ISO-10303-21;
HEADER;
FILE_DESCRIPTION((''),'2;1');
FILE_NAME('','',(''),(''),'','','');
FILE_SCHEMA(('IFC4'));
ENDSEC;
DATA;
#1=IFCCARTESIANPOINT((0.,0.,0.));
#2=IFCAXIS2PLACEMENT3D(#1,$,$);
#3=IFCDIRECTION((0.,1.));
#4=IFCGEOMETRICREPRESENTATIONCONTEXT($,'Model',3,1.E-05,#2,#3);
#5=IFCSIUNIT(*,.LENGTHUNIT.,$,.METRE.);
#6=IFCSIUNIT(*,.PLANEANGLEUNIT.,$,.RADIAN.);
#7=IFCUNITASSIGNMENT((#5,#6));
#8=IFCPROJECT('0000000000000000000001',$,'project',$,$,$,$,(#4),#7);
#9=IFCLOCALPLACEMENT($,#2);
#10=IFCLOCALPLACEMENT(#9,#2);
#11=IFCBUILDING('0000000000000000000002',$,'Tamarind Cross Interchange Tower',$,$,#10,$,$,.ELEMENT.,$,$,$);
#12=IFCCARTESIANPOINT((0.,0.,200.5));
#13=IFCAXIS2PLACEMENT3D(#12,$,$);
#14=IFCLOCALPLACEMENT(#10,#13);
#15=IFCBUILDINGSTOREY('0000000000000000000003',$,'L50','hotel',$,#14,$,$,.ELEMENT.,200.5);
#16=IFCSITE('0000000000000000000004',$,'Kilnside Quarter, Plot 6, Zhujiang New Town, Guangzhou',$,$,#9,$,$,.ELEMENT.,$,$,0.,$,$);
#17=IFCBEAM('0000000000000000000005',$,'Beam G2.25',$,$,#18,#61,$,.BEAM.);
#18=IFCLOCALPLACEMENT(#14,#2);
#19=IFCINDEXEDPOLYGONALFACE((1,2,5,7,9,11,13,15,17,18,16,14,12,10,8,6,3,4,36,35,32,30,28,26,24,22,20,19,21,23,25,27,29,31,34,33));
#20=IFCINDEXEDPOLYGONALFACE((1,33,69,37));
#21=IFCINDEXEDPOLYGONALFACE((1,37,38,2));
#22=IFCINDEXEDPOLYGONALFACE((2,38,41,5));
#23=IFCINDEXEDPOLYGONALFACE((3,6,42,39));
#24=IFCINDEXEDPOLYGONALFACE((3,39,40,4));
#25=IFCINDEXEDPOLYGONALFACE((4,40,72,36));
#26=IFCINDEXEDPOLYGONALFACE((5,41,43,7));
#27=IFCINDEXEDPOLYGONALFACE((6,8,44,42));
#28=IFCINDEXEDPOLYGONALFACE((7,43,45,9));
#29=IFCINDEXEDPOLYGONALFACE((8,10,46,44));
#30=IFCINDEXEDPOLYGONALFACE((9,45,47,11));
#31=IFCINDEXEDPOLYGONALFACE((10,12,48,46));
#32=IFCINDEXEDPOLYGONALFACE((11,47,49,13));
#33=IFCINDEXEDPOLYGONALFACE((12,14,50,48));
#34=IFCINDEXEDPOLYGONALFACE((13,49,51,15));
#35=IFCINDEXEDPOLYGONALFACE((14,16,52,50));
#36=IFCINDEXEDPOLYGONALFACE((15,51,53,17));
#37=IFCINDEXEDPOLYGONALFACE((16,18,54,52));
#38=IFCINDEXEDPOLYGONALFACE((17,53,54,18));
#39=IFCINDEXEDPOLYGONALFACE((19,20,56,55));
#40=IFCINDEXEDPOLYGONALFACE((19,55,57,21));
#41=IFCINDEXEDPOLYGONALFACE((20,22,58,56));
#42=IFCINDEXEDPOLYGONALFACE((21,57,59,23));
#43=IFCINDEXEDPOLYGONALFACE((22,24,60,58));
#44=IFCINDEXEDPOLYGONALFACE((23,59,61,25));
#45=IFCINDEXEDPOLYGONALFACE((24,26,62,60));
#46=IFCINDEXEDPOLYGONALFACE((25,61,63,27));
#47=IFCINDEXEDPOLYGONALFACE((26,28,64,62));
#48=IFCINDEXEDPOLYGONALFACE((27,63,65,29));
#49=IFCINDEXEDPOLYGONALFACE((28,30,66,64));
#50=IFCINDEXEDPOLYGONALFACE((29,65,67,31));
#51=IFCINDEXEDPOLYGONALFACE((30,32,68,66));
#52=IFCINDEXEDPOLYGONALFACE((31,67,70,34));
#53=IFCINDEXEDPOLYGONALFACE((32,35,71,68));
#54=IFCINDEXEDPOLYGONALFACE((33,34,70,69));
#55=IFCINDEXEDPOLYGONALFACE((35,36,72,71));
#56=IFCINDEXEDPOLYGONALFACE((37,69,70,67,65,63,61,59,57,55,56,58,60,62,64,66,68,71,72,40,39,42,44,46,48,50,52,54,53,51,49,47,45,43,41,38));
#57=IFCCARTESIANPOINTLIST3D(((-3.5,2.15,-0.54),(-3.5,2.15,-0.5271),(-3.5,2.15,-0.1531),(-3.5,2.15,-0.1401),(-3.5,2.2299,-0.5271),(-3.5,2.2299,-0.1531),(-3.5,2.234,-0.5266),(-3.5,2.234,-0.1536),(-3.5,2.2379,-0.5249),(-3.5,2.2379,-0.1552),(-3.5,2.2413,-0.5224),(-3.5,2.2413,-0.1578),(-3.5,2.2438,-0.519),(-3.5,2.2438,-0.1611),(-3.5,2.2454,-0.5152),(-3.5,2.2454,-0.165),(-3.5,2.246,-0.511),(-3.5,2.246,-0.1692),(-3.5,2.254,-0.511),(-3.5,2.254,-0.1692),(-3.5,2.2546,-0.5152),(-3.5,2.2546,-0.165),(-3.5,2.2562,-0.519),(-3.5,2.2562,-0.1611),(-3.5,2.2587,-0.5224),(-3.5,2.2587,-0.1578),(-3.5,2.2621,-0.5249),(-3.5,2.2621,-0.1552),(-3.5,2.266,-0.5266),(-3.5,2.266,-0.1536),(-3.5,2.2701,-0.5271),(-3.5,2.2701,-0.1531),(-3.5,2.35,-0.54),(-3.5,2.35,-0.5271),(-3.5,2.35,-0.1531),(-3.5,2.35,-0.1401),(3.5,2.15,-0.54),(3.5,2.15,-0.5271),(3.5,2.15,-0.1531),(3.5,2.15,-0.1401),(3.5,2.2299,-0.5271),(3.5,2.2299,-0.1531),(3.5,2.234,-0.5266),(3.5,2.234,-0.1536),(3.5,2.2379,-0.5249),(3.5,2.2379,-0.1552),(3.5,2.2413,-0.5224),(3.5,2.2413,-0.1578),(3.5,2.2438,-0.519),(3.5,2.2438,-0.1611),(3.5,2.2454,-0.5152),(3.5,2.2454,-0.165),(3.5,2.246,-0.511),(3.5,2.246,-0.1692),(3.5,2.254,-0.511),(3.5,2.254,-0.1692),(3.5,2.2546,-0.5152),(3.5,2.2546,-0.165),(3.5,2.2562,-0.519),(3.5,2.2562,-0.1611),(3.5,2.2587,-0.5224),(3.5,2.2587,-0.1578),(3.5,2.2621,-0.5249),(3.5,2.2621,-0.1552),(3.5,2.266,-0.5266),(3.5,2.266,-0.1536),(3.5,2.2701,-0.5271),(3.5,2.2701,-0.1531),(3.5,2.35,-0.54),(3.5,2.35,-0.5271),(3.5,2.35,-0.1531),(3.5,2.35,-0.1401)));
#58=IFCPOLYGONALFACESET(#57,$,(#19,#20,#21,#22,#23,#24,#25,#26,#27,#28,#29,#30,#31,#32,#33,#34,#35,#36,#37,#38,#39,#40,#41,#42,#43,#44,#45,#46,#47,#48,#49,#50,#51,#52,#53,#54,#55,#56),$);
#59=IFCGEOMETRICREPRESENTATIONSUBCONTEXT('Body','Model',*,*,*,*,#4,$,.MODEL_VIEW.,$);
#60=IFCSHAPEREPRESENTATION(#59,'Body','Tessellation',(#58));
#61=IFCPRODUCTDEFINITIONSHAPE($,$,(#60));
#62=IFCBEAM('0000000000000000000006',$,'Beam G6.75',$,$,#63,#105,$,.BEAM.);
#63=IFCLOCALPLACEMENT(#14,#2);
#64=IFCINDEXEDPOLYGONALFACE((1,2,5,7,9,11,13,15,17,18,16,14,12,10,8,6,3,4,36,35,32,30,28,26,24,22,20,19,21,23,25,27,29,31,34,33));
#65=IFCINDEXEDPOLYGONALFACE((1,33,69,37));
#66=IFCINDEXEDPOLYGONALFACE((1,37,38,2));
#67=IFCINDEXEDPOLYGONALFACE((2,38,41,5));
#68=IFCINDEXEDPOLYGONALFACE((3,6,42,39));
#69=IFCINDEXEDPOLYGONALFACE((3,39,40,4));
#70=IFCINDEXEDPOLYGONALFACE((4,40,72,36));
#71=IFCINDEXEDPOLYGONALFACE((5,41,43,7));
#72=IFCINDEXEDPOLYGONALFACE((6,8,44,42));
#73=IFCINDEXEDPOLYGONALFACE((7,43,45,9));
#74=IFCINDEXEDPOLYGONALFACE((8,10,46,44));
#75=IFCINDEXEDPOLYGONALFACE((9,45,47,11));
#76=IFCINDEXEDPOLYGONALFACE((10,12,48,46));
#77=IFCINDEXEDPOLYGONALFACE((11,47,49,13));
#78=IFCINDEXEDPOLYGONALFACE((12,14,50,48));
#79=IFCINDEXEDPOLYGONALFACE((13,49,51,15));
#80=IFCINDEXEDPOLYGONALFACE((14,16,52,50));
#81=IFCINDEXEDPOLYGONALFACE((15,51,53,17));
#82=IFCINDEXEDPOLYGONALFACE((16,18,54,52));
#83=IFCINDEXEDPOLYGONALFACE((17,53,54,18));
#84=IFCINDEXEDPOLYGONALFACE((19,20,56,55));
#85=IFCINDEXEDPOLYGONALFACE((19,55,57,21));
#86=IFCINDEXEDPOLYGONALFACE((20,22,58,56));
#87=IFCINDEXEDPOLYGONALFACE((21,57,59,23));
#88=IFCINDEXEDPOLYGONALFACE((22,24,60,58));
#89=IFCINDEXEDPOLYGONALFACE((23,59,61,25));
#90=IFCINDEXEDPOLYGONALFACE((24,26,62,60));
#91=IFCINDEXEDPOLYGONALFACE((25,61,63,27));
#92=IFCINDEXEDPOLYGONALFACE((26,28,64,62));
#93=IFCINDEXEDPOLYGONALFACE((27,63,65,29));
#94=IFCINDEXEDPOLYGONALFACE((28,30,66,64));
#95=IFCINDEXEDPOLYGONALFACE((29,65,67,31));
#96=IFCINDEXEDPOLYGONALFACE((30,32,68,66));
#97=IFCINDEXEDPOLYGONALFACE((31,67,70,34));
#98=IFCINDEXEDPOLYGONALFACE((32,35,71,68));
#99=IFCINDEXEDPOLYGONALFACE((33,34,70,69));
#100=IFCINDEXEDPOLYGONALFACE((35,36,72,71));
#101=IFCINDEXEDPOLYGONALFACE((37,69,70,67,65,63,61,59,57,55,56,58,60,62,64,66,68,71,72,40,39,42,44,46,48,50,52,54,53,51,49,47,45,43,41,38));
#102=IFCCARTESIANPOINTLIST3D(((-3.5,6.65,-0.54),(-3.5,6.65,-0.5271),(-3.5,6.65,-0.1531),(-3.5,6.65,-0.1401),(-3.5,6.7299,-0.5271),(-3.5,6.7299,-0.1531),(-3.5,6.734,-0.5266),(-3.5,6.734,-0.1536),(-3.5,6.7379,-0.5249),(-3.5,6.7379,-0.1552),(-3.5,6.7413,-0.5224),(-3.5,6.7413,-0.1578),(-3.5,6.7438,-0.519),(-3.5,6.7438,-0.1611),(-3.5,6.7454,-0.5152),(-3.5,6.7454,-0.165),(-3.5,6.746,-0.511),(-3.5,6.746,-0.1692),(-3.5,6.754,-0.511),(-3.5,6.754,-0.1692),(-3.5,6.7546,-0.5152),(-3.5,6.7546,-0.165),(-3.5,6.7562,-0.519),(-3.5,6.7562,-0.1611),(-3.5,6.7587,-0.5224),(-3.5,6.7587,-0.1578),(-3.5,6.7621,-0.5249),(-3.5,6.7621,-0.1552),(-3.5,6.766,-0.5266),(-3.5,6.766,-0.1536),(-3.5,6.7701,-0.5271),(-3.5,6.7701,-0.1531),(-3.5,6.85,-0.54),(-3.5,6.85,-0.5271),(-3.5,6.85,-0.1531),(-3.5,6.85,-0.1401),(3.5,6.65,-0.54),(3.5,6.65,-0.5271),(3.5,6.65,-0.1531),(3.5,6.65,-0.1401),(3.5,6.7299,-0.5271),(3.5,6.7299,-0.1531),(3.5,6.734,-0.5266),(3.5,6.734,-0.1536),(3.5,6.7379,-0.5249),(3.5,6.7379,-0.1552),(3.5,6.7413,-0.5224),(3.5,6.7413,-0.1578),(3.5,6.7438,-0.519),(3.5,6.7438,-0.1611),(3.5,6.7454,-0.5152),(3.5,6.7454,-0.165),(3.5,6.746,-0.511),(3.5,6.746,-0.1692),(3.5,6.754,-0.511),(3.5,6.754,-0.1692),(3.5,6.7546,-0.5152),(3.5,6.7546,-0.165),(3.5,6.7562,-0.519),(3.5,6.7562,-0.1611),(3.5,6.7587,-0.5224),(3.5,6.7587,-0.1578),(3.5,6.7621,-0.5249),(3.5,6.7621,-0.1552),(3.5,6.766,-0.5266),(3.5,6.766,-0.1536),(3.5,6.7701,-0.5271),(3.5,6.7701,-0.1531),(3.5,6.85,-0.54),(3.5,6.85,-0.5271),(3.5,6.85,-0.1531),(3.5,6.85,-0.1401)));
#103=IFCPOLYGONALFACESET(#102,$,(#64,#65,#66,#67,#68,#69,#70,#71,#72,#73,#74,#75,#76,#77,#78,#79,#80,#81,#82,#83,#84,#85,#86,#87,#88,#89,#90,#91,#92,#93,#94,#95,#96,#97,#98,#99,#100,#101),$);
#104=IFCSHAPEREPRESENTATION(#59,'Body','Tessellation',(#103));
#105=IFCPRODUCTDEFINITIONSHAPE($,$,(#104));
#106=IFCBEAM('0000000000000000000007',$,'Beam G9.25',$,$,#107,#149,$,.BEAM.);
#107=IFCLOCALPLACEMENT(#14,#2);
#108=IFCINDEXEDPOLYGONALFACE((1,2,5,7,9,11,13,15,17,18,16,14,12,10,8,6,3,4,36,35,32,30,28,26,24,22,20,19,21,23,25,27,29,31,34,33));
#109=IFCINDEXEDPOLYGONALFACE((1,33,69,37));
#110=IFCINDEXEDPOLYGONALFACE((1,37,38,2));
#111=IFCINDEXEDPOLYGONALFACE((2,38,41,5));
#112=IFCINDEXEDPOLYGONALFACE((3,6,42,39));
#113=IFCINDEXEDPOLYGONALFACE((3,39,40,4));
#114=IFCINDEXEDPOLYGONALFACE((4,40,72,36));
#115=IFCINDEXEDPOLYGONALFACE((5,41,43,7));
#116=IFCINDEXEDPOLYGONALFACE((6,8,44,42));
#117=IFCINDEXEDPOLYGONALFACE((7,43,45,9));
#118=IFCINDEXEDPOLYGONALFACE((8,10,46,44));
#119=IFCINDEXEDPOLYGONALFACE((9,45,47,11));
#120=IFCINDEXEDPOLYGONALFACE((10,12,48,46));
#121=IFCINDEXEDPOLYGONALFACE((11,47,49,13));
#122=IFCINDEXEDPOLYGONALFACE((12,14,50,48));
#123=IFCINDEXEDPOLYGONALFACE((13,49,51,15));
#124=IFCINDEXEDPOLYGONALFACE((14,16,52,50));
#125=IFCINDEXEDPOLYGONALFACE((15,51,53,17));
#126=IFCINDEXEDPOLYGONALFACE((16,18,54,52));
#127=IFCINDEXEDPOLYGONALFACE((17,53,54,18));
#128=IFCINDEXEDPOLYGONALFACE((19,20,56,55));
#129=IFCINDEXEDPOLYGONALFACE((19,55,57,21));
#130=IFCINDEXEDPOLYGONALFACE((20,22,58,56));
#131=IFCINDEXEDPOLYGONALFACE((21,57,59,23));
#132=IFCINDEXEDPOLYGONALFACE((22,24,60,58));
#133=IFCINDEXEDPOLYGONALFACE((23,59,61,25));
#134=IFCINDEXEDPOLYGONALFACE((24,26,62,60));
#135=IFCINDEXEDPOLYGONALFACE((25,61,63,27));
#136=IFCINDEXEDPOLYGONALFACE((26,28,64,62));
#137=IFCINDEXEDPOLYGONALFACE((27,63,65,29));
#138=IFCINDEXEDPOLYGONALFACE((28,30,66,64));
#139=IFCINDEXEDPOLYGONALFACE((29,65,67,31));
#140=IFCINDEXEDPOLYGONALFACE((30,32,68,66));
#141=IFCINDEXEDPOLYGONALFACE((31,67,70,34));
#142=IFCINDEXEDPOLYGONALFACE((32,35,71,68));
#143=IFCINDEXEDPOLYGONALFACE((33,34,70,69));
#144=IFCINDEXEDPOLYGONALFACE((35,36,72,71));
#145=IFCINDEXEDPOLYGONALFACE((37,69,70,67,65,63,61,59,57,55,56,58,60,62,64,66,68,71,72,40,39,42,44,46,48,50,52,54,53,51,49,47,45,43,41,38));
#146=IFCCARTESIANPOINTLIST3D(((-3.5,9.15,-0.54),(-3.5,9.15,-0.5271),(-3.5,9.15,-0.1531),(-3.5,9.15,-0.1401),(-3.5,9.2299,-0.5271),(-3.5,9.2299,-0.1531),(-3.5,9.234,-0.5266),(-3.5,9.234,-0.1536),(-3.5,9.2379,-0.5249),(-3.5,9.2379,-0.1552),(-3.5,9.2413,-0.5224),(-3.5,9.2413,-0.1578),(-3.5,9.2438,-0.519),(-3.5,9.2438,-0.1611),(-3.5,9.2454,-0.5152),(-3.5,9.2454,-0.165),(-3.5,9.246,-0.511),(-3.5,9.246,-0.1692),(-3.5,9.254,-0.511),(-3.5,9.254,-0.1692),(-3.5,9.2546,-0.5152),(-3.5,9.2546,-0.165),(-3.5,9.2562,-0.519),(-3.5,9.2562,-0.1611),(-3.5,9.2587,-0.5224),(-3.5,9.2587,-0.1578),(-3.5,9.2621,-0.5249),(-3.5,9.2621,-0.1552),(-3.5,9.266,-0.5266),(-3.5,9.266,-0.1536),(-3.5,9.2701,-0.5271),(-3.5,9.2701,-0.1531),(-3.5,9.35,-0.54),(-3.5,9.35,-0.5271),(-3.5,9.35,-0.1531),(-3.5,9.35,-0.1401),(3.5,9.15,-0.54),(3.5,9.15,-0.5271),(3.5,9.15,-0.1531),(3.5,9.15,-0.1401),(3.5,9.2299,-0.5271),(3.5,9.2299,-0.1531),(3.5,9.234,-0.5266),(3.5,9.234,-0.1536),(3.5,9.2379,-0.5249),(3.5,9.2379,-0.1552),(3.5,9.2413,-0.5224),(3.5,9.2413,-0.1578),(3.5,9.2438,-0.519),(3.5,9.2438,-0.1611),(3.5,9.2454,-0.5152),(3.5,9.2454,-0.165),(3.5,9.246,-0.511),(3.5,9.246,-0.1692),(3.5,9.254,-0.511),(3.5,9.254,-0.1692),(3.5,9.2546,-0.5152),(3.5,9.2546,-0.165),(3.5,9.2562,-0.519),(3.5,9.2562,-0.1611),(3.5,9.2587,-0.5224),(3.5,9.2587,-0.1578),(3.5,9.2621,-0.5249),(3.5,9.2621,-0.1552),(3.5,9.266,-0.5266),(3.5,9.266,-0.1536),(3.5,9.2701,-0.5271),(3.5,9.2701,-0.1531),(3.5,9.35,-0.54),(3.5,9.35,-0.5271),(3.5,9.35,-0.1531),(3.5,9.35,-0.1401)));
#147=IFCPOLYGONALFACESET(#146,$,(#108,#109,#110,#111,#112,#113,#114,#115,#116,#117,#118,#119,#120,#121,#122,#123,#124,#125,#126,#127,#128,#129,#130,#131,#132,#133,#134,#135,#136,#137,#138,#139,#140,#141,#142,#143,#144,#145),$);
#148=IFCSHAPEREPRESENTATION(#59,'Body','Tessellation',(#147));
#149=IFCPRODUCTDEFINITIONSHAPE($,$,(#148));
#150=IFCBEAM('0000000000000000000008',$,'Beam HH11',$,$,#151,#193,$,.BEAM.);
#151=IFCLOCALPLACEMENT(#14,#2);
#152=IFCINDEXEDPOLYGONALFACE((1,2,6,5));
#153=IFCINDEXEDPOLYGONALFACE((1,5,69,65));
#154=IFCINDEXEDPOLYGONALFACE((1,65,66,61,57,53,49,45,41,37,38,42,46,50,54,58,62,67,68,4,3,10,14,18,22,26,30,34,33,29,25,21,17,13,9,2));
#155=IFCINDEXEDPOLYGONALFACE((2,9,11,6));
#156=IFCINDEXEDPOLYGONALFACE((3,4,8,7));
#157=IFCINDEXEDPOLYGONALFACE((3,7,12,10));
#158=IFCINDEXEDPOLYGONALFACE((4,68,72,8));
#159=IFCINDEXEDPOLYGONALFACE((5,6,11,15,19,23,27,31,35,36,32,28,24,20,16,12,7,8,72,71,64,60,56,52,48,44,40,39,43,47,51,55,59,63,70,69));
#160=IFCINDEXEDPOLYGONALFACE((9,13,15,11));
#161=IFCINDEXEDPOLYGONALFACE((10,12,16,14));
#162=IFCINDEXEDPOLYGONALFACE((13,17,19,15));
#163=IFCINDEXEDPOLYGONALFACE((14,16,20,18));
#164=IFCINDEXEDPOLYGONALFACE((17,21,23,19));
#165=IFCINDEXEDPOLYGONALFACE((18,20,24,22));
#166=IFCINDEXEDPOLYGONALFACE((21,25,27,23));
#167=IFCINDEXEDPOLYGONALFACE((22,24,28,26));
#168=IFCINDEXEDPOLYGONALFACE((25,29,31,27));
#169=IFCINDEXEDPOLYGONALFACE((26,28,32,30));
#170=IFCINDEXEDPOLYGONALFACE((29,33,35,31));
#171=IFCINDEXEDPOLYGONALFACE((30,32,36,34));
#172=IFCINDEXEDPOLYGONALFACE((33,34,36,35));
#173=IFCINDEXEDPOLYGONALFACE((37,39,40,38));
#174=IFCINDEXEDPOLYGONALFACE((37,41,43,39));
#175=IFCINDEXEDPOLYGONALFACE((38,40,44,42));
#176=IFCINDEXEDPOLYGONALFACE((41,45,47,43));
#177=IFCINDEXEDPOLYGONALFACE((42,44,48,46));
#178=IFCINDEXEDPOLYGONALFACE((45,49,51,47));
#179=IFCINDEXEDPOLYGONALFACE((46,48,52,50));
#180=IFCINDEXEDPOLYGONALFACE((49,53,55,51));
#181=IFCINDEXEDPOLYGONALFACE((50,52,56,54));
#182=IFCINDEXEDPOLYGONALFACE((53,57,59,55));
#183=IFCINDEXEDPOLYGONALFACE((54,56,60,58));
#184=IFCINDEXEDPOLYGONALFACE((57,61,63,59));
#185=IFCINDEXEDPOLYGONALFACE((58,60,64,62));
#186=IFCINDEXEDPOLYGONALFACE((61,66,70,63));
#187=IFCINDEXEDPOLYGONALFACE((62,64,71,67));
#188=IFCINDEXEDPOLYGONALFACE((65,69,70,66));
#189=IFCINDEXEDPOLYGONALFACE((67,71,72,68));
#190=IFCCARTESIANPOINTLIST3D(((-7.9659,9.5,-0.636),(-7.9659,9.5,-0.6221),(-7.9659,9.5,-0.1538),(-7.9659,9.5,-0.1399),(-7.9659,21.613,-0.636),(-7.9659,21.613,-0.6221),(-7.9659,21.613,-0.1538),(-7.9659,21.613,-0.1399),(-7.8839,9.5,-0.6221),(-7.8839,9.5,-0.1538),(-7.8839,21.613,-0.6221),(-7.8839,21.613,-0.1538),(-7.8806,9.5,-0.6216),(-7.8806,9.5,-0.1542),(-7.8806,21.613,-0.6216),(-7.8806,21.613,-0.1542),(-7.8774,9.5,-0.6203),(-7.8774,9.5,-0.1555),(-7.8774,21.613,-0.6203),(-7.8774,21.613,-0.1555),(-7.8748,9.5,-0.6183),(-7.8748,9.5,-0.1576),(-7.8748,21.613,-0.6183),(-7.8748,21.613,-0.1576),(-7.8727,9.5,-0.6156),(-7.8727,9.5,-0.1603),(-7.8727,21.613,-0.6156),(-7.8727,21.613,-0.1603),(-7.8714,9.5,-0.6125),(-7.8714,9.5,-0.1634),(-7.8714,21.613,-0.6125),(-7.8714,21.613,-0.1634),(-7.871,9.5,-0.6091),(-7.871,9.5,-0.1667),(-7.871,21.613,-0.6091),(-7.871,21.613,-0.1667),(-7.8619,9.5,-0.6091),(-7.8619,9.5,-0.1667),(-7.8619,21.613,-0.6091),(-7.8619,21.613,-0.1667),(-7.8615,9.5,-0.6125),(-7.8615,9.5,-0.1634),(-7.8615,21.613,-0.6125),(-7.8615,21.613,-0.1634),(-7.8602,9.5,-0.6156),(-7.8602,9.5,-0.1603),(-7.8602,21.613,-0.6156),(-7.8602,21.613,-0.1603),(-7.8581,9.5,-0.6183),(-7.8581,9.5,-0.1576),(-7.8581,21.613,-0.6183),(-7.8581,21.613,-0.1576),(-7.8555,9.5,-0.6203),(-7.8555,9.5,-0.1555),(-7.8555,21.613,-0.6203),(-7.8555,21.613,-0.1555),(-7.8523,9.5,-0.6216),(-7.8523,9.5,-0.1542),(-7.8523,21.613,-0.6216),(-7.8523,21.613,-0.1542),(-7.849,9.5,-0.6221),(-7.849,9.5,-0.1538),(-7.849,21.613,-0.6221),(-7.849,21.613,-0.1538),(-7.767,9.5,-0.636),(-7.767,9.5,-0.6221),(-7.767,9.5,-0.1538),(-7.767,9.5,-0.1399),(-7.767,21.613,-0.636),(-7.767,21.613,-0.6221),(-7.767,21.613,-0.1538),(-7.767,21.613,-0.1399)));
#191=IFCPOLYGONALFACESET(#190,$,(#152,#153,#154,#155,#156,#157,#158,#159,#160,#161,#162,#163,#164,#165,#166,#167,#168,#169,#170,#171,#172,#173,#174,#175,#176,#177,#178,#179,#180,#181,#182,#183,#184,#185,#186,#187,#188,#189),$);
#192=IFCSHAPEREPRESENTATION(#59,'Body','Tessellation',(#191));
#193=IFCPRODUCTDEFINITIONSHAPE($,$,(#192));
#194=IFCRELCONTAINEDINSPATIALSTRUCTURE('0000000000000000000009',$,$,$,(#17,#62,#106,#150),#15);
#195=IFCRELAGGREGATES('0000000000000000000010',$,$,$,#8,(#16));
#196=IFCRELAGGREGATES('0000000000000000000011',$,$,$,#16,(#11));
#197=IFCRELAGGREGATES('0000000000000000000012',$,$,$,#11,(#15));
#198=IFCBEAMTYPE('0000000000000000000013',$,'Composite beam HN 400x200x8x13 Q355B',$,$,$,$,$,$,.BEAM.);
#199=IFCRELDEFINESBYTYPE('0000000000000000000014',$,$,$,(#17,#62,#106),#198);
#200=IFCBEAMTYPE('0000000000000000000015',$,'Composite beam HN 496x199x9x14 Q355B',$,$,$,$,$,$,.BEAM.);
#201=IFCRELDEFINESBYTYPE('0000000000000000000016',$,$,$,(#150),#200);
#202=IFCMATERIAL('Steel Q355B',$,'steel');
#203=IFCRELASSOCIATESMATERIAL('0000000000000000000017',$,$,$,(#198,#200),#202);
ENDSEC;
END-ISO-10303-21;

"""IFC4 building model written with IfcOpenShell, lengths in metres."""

from ifc_helpers import new_model, si_unit, direction, frame, origin, origin_2d, place, context, subcontext, project, spatial, i_section, extrude, material, material_profile, profile_set, type_object, element, save


model = new_model("IFC4")

# Units and contexts
model_context = context("Model", 3, precision=1e-05, world=origin(), true_north=direction((0.0, 1.0)))
body_context = subcontext(model_context, "Body", "Model", "MODEL_VIEW")
ifc_project = project(units=[si_unit("LENGTHUNIT", "METRE"), si_unit("PLANEANGLEUNIT", "RADIAN")], contexts=[model_context])

# Site, building, storey
site_placement = place(None, origin())
site = spatial("IfcSite", under=ifc_project, at=site_placement, Name="Kilnside Quarter, Plot 6, Zhujiang New Town, Guangzhou", CompositionType="ELEMENT", RefElevation=0.0)
building_placement = place(site_placement, origin())
building = spatial("IfcBuilding", under=site, at=building_placement, Name="Tamarind Cross Interchange Tower", CompositionType="ELEMENT")
storey_placement = place(building_placement, frame((0.0, 0.0, 200.5)))
storey = spatial("IfcBuildingStorey", under=building, at=storey_placement, Name="L50", Description="hotel", CompositionType="ELEMENT", Elevation=200.5)

# Beams
ifc_material_1 = material(Name="Steel Q355B", Category="steel")
ifc_material_profile_1 = material_profile(ifc_material_1, i_section(OverallWidth=0.2, OverallDepth=0.3999, WebThickness=0.0081, FlangeThickness=0.0129, FilletRadius=0.0161, at=origin_2d()), Name="HN 400x200x8x13")
ifc_profile_set_1 = profile_set([ifc_material_profile_1], Name="Steel Q355B")
beam_type_1 = type_object("IfcBeamType", Name="Composite beam HN 400x200x8x13 Q355B", PredefinedType="BEAM", material=ifc_profile_set_1)
for number, where, z_axis, x_axis, name in (
    (1, (-3.5, 2.25, -0.3401), (1.0, 0.0, 0.0), (0.0, 1.0, 0.0), "Beam G2.25"),
    (2, (-3.5, 6.75, -0.3401), (1.0, 0.0, 0.0), (0.0, 1.0, 0.0), "Beam G6.75"),
    (3, (-3.5, 9.25, -0.3401), (1.0, 0.0, 0.0), (0.0, 1.0, 0.0), "Beam G9.25"),
):
    element("IfcBeam", number, at=place(storey_placement, frame(where, z_axis=z_axis, x_axis=x_axis)), inside=storey, type_object=beam_type_1, Name=name, PredefinedType="BEAM", context=body_context, shape_type="SweptSolid", body=[
        extrude(i_section(OverallWidth=0.2, OverallDepth=0.3999, WebThickness=0.0081, FlangeThickness=0.0129, FilletRadius=0.0161, at=origin_2d()), origin(), (0.0, 0.0, 1.0), 7.0),
    ])
ifc_material_profile_2 = material_profile(ifc_material_1, i_section(OverallWidth=0.199, OverallDepth=0.4961, WebThickness=0.009, FlangeThickness=0.0139, FilletRadius=0.0129, at=origin_2d()), Name="HN 496x199x9x14")
ifc_profile_set_2 = profile_set([ifc_material_profile_2], Name="Steel Q355B")
beam_type_2 = type_object("IfcBeamType", Name="Composite beam HN 496x199x9x14 Q355B", PredefinedType="BEAM", material=ifc_profile_set_2)
beam_placement = place(storey_placement, frame((-7.8665, 21.613, -0.3879), z_axis=(0.0, -1.0, 0.0), x_axis=(1.0, 0.0, 0.0)))
element("IfcBeam", 4, at=beam_placement, inside=storey, type_object=beam_type_2, Name="Beam HH11", PredefinedType="BEAM", context=body_context, shape_type="SweptSolid", body=[
    extrude(i_section(OverallWidth=0.199, OverallDepth=0.4961, WebThickness=0.009, FlangeThickness=0.0139, FilletRadius=0.0129, at=origin_2d()), origin(), (0.0, 0.0, 1.0), 12.113),
])

save(model, "model.ifc")
